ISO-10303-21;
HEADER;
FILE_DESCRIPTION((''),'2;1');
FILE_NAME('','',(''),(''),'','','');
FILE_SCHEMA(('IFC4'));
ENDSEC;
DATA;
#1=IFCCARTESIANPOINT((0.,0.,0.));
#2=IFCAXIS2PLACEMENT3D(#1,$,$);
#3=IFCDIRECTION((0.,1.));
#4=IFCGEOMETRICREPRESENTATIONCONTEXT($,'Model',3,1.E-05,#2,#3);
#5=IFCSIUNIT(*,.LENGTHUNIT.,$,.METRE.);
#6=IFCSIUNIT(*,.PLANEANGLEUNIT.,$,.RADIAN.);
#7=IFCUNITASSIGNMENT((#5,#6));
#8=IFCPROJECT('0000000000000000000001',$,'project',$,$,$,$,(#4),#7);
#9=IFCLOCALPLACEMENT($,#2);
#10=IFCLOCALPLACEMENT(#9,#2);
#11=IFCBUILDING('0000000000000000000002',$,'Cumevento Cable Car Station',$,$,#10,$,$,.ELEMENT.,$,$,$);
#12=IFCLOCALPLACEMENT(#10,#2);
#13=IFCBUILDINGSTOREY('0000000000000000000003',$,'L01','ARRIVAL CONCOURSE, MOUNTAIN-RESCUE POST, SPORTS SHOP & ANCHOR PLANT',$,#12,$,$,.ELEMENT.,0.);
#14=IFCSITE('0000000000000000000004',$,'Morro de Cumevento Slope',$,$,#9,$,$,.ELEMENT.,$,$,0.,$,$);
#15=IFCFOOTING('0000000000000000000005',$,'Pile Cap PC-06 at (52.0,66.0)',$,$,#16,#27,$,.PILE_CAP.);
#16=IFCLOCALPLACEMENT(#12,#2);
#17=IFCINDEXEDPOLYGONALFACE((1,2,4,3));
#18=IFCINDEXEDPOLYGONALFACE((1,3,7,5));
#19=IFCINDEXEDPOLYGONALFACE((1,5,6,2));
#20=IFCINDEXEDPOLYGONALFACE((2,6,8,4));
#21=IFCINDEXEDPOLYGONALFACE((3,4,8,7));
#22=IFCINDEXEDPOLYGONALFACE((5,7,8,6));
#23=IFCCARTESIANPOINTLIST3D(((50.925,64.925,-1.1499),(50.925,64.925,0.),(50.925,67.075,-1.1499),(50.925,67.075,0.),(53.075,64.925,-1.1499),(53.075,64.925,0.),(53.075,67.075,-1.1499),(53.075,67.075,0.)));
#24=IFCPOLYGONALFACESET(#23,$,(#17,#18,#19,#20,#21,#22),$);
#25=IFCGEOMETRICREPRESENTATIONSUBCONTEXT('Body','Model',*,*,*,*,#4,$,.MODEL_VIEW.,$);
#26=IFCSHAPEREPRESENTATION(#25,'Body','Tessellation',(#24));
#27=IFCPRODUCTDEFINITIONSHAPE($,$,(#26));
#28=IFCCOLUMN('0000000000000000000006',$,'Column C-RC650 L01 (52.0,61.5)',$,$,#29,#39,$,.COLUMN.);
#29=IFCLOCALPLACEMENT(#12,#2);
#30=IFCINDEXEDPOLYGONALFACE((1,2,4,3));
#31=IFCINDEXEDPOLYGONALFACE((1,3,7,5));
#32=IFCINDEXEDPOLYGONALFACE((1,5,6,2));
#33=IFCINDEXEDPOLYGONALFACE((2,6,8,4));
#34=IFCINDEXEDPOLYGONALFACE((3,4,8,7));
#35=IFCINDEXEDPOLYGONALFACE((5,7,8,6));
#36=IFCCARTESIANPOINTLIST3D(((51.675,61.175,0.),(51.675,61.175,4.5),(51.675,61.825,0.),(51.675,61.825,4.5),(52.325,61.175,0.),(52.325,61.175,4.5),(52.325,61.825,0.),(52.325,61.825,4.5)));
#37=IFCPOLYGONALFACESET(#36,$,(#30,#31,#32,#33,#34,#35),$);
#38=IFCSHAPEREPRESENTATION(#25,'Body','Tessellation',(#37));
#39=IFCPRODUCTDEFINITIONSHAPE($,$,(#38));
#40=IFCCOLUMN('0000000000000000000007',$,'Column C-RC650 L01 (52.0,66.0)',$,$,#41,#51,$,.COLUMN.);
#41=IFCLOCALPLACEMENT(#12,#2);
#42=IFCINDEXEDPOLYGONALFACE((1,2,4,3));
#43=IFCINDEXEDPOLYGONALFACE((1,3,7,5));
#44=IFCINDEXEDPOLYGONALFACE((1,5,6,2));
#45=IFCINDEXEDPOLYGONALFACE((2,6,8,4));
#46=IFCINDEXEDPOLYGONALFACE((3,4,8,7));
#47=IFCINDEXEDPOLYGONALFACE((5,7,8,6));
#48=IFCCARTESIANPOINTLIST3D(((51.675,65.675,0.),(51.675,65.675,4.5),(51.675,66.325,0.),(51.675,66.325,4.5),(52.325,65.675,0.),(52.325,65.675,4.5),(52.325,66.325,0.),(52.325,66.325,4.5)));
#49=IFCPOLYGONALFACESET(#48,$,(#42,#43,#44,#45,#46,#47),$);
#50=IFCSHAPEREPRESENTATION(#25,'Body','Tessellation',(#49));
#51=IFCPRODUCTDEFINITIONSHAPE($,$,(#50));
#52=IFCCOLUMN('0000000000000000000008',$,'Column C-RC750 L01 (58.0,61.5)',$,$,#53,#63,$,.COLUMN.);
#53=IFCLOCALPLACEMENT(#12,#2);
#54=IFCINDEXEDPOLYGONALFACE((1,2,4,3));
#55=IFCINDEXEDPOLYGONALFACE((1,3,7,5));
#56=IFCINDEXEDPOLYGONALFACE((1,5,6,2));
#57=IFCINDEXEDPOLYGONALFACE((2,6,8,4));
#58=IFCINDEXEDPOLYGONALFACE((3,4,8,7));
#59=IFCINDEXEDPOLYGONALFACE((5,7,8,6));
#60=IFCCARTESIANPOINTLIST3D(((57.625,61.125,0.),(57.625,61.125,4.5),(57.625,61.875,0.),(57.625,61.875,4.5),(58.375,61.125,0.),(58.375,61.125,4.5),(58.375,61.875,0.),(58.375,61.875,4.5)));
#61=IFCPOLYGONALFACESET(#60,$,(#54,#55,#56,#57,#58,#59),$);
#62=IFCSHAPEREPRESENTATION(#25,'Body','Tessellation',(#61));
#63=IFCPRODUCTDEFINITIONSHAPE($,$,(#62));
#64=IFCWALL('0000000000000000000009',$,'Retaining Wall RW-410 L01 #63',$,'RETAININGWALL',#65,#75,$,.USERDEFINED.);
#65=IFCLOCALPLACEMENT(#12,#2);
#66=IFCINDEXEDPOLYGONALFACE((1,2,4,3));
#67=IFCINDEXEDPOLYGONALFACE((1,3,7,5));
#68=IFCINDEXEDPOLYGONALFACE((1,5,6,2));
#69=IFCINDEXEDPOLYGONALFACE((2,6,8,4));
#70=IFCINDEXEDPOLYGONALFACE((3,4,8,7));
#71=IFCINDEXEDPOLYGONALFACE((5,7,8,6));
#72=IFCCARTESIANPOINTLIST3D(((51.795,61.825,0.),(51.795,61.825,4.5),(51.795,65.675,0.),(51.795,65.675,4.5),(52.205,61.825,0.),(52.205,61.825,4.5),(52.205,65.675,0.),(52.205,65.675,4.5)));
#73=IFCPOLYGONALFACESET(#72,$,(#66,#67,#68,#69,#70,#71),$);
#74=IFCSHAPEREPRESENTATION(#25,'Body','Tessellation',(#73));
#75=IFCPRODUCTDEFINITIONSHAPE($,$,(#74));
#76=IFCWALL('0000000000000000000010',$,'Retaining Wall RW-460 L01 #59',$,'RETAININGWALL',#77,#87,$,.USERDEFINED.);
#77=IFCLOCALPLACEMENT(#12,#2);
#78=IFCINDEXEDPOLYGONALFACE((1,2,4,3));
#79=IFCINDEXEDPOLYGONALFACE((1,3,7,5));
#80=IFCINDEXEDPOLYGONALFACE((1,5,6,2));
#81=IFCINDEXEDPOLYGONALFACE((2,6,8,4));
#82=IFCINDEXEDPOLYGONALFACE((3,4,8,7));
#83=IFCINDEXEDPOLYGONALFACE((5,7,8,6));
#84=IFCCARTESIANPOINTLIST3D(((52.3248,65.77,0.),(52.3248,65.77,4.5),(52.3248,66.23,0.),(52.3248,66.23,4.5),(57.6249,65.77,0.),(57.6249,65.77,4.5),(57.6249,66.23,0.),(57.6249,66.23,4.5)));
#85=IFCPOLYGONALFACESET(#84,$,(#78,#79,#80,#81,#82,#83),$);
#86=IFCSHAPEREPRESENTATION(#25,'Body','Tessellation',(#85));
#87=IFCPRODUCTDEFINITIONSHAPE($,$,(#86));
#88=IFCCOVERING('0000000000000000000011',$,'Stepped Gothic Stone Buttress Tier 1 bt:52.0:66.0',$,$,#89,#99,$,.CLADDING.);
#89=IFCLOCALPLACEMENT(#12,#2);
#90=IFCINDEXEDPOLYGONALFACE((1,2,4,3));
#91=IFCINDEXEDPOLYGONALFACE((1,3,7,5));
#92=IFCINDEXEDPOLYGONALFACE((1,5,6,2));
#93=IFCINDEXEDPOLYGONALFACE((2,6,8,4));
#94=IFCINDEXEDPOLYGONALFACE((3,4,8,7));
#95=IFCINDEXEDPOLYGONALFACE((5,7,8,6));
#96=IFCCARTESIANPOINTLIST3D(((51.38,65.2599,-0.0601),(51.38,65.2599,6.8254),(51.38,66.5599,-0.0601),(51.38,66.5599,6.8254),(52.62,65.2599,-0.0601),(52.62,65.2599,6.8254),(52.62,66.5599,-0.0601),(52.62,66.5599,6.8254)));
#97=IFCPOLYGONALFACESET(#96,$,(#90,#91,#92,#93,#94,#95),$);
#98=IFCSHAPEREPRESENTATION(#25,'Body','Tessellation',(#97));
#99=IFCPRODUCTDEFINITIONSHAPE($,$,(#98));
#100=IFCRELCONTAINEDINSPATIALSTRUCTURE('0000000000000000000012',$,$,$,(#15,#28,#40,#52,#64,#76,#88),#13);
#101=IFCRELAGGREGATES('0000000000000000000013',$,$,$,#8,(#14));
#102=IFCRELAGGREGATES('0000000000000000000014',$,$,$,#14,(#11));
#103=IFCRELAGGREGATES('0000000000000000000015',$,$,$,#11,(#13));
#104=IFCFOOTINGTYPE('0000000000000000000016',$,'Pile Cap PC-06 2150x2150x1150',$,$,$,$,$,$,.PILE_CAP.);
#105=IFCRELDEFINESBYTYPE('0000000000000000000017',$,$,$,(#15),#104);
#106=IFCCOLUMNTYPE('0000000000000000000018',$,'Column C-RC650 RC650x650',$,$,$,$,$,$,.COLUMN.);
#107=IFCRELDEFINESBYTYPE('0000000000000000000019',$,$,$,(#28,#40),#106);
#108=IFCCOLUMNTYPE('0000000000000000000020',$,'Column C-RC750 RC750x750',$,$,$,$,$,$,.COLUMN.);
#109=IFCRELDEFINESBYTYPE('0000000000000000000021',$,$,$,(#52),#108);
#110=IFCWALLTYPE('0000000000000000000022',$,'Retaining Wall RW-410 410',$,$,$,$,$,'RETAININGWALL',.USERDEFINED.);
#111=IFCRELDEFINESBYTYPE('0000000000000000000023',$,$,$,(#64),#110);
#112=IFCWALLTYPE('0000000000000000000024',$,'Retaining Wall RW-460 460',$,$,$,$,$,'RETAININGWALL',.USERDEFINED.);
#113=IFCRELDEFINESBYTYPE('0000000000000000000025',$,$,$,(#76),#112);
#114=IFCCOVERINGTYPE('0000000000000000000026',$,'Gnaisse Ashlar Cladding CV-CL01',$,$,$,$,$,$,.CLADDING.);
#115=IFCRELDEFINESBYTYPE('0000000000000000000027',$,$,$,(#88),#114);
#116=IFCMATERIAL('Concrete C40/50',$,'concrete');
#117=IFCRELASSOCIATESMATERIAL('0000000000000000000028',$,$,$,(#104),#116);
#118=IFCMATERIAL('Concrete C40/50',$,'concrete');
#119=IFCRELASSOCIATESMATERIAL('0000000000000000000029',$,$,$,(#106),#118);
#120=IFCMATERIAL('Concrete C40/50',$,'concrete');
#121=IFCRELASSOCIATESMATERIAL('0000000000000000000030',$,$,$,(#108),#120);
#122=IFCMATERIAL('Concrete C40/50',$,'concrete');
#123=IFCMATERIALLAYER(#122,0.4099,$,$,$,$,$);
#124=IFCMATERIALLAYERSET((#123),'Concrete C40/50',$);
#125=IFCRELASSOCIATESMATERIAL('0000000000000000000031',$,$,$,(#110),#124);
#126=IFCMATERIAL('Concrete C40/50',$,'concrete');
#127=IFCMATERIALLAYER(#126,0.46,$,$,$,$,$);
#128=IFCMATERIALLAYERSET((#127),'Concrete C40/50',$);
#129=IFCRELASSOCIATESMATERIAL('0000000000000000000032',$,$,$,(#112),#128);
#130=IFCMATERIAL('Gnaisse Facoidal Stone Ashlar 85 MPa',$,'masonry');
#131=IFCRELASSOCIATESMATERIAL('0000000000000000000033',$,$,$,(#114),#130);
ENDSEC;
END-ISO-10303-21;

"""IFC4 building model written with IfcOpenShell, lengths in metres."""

from ifc_helpers import new_model, si_unit, direction, frame, frame_2d, origin, origin_2d, place, context, subcontext, project, spatial, rectangle, extrude, material, layer, layer_set, material_profile, profile_set, type_object, element, save


model = new_model("IFC4")

# Units and contexts
model_context = context("Model", 3, precision=1e-05, world=origin(), true_north=direction((0.0, 1.0)))
body_context = subcontext(model_context, "Body", "Model", "MODEL_VIEW")
ifc_project = project(units=[si_unit("LENGTHUNIT", "METRE"), si_unit("PLANEANGLEUNIT", "RADIAN")], contexts=[model_context])

# Site, building, storey
site_placement = place(None, origin())
site = spatial("IfcSite", under=ifc_project, at=site_placement, Name="Morro de Cumevento Slope", CompositionType="ELEMENT", RefElevation=0.0)
building_placement = place(site_placement, origin())
building = spatial("IfcBuilding", under=site, at=building_placement, Name="Cumevento Cable Car Station", CompositionType="ELEMENT")
storey_placement = place(building_placement, origin())
storey = spatial("IfcBuildingStorey", under=building, at=storey_placement, Name="L01", Description="ARRIVAL CONCOURSE, MOUNTAIN-RESCUE POST, SPORTS SHOP & ANCHOR PLANT", CompositionType="ELEMENT", Elevation=0.0)

# Footing
ifc_material_1 = material(Name="Concrete C40/50", Category="concrete")
footing_type = type_object("IfcFootingType", Name="Pile Cap PC-06 2150x2150x1150", PredefinedType="PILE_CAP", material=ifc_material_1)
footing_placement = place(storey_placement, frame((52.0, 66.0, -1.1499), z_axis=(0.0, 0.0, 1.0), x_axis=(1.0, 0.0, 0.0)))
element("IfcFooting", 1, at=footing_placement, inside=storey, type_object=footing_type, Name="Pile Cap PC-06 at (52.0,66.0)", PredefinedType="PILE_CAP", context=body_context, shape_type="SweptSolid", body=[
    extrude(rectangle(XDim=2.1499, YDim=2.1499, at=origin_2d()), origin(), (0.0, 0.0, 1.0), 1.1499),
])

# Columns
ifc_material_2 = material(Name="Concrete C40/50", Category="concrete")
ifc_material_profile_1 = material_profile(ifc_material_2, rectangle(XDim=0.6499, YDim=0.6499, at=origin_2d()), Name="RC650x650")
ifc_profile_set_1 = profile_set([ifc_material_profile_1], Name="Concrete C40/50")
column_type_1 = type_object("IfcColumnType", Name="Column C-RC650 RC650x650", PredefinedType="COLUMN", material=ifc_profile_set_1)
for number, where, z_axis, x_axis, name in (
    (2, (52.0, 61.5, 0.0), (0.0, 0.0, 1.0), (1.0, 0.0, 0.0), "Column C-RC650 L01 (52.0,61.5)"),
    (3, (52.0, 66.0, 0.0), (0.0, 0.0, 1.0), (1.0, 0.0, 0.0), "Column C-RC650 L01 (52.0,66.0)"),
):
    element("IfcColumn", number, at=place(storey_placement, frame(where, z_axis=z_axis, x_axis=x_axis)), inside=storey, type_object=column_type_1, Name=name, PredefinedType="COLUMN", context=body_context, shape_type="SweptSolid", body=[
        extrude(rectangle(XDim=0.6499, YDim=0.6499, at=origin_2d()), origin(), (0.0, 0.0, 1.0), 4.5),
    ])
ifc_material_3 = material(Name="Concrete C40/50", Category="concrete")
ifc_material_profile_2 = material_profile(ifc_material_3, rectangle(XDim=0.75, YDim=0.75, at=origin_2d()), Name="RC750x750")
ifc_profile_set_2 = profile_set([ifc_material_profile_2], Name="Concrete C40/50")
column_type_2 = type_object("IfcColumnType", Name="Column C-RC750 RC750x750", PredefinedType="COLUMN", material=ifc_profile_set_2)
column_placement = place(storey_placement, frame((58.0, 61.5, 0.0), z_axis=(0.0, 0.0, 1.0), x_axis=(1.0, 0.0, 0.0)))
element("IfcColumn", 4, at=column_placement, inside=storey, type_object=column_type_2, Name="Column C-RC750 L01 (58.0,61.5)", PredefinedType="COLUMN", context=body_context, shape_type="SweptSolid", body=[
    extrude(rectangle(XDim=0.75, YDim=0.75, at=origin_2d()), origin(), (0.0, 0.0, 1.0), 4.5),
])

# Walls
ifc_material_4 = material(Name="Concrete C40/50", Category="concrete")
ifc_layer_1 = layer(ifc_material_4, 0.4099)
ifc_layer_set_1 = layer_set([ifc_layer_1], Name="Concrete C40/50")
wall_type_1 = type_object("IfcWallType", Name="Retaining Wall RW-410 410", ElementType="RETAININGWALL", PredefinedType="USERDEFINED", material=ifc_layer_set_1)
wall_1_placement = place(storey_placement, frame((52.0, 61.825, 0.0), z_axis=(0.0, 0.0, 1.0), x_axis=(0.0, 1.0, 0.0)))
element("IfcWall", 5, at=wall_1_placement, inside=storey, type_object=wall_type_1, Name="Retaining Wall RW-410 L01 #63", ObjectType="RETAININGWALL", PredefinedType="USERDEFINED", context=body_context, shape_type="SweptSolid", body=[
    extrude(rectangle(XDim=3.8501, YDim=0.4099, at=frame_2d((1.925, 0.0))), origin(), (0.0, 0.0, 1.0), 4.5),
])
ifc_material_5 = material(Name="Concrete C40/50", Category="concrete")
ifc_layer_2 = layer(ifc_material_5, 0.46)
ifc_layer_set_2 = layer_set([ifc_layer_2], Name="Concrete C40/50")
wall_type_2 = type_object("IfcWallType", Name="Retaining Wall RW-460 460", ElementType="RETAININGWALL", PredefinedType="USERDEFINED", material=ifc_layer_set_2)
wall_2_placement = place(storey_placement, frame((52.325, 66.0, 0.0), z_axis=(0.0, 0.0, 1.0), x_axis=(1.0, 0.0, 0.0)))
element("IfcWall", 6, at=wall_2_placement, inside=storey, type_object=wall_type_2, Name="Retaining Wall RW-460 L01 #59", ObjectType="RETAININGWALL", PredefinedType="USERDEFINED", context=body_context, shape_type="SweptSolid", body=[
    extrude(rectangle(XDim=5.3, YDim=0.46, at=frame_2d((2.6499, 0.0))), origin(), (0.0, 0.0, 1.0), 4.5),
])

# Covering
ifc_material_6 = material(Name="Gnaisse Facoidal Stone Ashlar 85 MPa", Category="masonry")
covering_type = type_object("IfcCoveringType", Name="Gnaisse Ashlar Cladding CV-CL01", PredefinedType="CLADDING", material=ifc_material_6)
covering_1_placement = place(storey_placement, frame((52.0, 65.9099, -0.0601), z_axis=(0.0, 0.0, 1.0), x_axis=(1.0, 0.0, 0.0)))
element("IfcCovering", 7, at=covering_1_placement, inside=storey, type_object=covering_type, Name="Stepped Gothic Stone Buttress Tier 1 bt:52.0:66.0", PredefinedType="CLADDING", context=body_context, shape_type="SweptSolid", body=[
    extrude(rectangle(XDim=1.24, YDim=1.3, at=origin_2d()), origin(), (0.0, 0.0, 1.0), 6.8855),
])

save(model, "model.ifc")
